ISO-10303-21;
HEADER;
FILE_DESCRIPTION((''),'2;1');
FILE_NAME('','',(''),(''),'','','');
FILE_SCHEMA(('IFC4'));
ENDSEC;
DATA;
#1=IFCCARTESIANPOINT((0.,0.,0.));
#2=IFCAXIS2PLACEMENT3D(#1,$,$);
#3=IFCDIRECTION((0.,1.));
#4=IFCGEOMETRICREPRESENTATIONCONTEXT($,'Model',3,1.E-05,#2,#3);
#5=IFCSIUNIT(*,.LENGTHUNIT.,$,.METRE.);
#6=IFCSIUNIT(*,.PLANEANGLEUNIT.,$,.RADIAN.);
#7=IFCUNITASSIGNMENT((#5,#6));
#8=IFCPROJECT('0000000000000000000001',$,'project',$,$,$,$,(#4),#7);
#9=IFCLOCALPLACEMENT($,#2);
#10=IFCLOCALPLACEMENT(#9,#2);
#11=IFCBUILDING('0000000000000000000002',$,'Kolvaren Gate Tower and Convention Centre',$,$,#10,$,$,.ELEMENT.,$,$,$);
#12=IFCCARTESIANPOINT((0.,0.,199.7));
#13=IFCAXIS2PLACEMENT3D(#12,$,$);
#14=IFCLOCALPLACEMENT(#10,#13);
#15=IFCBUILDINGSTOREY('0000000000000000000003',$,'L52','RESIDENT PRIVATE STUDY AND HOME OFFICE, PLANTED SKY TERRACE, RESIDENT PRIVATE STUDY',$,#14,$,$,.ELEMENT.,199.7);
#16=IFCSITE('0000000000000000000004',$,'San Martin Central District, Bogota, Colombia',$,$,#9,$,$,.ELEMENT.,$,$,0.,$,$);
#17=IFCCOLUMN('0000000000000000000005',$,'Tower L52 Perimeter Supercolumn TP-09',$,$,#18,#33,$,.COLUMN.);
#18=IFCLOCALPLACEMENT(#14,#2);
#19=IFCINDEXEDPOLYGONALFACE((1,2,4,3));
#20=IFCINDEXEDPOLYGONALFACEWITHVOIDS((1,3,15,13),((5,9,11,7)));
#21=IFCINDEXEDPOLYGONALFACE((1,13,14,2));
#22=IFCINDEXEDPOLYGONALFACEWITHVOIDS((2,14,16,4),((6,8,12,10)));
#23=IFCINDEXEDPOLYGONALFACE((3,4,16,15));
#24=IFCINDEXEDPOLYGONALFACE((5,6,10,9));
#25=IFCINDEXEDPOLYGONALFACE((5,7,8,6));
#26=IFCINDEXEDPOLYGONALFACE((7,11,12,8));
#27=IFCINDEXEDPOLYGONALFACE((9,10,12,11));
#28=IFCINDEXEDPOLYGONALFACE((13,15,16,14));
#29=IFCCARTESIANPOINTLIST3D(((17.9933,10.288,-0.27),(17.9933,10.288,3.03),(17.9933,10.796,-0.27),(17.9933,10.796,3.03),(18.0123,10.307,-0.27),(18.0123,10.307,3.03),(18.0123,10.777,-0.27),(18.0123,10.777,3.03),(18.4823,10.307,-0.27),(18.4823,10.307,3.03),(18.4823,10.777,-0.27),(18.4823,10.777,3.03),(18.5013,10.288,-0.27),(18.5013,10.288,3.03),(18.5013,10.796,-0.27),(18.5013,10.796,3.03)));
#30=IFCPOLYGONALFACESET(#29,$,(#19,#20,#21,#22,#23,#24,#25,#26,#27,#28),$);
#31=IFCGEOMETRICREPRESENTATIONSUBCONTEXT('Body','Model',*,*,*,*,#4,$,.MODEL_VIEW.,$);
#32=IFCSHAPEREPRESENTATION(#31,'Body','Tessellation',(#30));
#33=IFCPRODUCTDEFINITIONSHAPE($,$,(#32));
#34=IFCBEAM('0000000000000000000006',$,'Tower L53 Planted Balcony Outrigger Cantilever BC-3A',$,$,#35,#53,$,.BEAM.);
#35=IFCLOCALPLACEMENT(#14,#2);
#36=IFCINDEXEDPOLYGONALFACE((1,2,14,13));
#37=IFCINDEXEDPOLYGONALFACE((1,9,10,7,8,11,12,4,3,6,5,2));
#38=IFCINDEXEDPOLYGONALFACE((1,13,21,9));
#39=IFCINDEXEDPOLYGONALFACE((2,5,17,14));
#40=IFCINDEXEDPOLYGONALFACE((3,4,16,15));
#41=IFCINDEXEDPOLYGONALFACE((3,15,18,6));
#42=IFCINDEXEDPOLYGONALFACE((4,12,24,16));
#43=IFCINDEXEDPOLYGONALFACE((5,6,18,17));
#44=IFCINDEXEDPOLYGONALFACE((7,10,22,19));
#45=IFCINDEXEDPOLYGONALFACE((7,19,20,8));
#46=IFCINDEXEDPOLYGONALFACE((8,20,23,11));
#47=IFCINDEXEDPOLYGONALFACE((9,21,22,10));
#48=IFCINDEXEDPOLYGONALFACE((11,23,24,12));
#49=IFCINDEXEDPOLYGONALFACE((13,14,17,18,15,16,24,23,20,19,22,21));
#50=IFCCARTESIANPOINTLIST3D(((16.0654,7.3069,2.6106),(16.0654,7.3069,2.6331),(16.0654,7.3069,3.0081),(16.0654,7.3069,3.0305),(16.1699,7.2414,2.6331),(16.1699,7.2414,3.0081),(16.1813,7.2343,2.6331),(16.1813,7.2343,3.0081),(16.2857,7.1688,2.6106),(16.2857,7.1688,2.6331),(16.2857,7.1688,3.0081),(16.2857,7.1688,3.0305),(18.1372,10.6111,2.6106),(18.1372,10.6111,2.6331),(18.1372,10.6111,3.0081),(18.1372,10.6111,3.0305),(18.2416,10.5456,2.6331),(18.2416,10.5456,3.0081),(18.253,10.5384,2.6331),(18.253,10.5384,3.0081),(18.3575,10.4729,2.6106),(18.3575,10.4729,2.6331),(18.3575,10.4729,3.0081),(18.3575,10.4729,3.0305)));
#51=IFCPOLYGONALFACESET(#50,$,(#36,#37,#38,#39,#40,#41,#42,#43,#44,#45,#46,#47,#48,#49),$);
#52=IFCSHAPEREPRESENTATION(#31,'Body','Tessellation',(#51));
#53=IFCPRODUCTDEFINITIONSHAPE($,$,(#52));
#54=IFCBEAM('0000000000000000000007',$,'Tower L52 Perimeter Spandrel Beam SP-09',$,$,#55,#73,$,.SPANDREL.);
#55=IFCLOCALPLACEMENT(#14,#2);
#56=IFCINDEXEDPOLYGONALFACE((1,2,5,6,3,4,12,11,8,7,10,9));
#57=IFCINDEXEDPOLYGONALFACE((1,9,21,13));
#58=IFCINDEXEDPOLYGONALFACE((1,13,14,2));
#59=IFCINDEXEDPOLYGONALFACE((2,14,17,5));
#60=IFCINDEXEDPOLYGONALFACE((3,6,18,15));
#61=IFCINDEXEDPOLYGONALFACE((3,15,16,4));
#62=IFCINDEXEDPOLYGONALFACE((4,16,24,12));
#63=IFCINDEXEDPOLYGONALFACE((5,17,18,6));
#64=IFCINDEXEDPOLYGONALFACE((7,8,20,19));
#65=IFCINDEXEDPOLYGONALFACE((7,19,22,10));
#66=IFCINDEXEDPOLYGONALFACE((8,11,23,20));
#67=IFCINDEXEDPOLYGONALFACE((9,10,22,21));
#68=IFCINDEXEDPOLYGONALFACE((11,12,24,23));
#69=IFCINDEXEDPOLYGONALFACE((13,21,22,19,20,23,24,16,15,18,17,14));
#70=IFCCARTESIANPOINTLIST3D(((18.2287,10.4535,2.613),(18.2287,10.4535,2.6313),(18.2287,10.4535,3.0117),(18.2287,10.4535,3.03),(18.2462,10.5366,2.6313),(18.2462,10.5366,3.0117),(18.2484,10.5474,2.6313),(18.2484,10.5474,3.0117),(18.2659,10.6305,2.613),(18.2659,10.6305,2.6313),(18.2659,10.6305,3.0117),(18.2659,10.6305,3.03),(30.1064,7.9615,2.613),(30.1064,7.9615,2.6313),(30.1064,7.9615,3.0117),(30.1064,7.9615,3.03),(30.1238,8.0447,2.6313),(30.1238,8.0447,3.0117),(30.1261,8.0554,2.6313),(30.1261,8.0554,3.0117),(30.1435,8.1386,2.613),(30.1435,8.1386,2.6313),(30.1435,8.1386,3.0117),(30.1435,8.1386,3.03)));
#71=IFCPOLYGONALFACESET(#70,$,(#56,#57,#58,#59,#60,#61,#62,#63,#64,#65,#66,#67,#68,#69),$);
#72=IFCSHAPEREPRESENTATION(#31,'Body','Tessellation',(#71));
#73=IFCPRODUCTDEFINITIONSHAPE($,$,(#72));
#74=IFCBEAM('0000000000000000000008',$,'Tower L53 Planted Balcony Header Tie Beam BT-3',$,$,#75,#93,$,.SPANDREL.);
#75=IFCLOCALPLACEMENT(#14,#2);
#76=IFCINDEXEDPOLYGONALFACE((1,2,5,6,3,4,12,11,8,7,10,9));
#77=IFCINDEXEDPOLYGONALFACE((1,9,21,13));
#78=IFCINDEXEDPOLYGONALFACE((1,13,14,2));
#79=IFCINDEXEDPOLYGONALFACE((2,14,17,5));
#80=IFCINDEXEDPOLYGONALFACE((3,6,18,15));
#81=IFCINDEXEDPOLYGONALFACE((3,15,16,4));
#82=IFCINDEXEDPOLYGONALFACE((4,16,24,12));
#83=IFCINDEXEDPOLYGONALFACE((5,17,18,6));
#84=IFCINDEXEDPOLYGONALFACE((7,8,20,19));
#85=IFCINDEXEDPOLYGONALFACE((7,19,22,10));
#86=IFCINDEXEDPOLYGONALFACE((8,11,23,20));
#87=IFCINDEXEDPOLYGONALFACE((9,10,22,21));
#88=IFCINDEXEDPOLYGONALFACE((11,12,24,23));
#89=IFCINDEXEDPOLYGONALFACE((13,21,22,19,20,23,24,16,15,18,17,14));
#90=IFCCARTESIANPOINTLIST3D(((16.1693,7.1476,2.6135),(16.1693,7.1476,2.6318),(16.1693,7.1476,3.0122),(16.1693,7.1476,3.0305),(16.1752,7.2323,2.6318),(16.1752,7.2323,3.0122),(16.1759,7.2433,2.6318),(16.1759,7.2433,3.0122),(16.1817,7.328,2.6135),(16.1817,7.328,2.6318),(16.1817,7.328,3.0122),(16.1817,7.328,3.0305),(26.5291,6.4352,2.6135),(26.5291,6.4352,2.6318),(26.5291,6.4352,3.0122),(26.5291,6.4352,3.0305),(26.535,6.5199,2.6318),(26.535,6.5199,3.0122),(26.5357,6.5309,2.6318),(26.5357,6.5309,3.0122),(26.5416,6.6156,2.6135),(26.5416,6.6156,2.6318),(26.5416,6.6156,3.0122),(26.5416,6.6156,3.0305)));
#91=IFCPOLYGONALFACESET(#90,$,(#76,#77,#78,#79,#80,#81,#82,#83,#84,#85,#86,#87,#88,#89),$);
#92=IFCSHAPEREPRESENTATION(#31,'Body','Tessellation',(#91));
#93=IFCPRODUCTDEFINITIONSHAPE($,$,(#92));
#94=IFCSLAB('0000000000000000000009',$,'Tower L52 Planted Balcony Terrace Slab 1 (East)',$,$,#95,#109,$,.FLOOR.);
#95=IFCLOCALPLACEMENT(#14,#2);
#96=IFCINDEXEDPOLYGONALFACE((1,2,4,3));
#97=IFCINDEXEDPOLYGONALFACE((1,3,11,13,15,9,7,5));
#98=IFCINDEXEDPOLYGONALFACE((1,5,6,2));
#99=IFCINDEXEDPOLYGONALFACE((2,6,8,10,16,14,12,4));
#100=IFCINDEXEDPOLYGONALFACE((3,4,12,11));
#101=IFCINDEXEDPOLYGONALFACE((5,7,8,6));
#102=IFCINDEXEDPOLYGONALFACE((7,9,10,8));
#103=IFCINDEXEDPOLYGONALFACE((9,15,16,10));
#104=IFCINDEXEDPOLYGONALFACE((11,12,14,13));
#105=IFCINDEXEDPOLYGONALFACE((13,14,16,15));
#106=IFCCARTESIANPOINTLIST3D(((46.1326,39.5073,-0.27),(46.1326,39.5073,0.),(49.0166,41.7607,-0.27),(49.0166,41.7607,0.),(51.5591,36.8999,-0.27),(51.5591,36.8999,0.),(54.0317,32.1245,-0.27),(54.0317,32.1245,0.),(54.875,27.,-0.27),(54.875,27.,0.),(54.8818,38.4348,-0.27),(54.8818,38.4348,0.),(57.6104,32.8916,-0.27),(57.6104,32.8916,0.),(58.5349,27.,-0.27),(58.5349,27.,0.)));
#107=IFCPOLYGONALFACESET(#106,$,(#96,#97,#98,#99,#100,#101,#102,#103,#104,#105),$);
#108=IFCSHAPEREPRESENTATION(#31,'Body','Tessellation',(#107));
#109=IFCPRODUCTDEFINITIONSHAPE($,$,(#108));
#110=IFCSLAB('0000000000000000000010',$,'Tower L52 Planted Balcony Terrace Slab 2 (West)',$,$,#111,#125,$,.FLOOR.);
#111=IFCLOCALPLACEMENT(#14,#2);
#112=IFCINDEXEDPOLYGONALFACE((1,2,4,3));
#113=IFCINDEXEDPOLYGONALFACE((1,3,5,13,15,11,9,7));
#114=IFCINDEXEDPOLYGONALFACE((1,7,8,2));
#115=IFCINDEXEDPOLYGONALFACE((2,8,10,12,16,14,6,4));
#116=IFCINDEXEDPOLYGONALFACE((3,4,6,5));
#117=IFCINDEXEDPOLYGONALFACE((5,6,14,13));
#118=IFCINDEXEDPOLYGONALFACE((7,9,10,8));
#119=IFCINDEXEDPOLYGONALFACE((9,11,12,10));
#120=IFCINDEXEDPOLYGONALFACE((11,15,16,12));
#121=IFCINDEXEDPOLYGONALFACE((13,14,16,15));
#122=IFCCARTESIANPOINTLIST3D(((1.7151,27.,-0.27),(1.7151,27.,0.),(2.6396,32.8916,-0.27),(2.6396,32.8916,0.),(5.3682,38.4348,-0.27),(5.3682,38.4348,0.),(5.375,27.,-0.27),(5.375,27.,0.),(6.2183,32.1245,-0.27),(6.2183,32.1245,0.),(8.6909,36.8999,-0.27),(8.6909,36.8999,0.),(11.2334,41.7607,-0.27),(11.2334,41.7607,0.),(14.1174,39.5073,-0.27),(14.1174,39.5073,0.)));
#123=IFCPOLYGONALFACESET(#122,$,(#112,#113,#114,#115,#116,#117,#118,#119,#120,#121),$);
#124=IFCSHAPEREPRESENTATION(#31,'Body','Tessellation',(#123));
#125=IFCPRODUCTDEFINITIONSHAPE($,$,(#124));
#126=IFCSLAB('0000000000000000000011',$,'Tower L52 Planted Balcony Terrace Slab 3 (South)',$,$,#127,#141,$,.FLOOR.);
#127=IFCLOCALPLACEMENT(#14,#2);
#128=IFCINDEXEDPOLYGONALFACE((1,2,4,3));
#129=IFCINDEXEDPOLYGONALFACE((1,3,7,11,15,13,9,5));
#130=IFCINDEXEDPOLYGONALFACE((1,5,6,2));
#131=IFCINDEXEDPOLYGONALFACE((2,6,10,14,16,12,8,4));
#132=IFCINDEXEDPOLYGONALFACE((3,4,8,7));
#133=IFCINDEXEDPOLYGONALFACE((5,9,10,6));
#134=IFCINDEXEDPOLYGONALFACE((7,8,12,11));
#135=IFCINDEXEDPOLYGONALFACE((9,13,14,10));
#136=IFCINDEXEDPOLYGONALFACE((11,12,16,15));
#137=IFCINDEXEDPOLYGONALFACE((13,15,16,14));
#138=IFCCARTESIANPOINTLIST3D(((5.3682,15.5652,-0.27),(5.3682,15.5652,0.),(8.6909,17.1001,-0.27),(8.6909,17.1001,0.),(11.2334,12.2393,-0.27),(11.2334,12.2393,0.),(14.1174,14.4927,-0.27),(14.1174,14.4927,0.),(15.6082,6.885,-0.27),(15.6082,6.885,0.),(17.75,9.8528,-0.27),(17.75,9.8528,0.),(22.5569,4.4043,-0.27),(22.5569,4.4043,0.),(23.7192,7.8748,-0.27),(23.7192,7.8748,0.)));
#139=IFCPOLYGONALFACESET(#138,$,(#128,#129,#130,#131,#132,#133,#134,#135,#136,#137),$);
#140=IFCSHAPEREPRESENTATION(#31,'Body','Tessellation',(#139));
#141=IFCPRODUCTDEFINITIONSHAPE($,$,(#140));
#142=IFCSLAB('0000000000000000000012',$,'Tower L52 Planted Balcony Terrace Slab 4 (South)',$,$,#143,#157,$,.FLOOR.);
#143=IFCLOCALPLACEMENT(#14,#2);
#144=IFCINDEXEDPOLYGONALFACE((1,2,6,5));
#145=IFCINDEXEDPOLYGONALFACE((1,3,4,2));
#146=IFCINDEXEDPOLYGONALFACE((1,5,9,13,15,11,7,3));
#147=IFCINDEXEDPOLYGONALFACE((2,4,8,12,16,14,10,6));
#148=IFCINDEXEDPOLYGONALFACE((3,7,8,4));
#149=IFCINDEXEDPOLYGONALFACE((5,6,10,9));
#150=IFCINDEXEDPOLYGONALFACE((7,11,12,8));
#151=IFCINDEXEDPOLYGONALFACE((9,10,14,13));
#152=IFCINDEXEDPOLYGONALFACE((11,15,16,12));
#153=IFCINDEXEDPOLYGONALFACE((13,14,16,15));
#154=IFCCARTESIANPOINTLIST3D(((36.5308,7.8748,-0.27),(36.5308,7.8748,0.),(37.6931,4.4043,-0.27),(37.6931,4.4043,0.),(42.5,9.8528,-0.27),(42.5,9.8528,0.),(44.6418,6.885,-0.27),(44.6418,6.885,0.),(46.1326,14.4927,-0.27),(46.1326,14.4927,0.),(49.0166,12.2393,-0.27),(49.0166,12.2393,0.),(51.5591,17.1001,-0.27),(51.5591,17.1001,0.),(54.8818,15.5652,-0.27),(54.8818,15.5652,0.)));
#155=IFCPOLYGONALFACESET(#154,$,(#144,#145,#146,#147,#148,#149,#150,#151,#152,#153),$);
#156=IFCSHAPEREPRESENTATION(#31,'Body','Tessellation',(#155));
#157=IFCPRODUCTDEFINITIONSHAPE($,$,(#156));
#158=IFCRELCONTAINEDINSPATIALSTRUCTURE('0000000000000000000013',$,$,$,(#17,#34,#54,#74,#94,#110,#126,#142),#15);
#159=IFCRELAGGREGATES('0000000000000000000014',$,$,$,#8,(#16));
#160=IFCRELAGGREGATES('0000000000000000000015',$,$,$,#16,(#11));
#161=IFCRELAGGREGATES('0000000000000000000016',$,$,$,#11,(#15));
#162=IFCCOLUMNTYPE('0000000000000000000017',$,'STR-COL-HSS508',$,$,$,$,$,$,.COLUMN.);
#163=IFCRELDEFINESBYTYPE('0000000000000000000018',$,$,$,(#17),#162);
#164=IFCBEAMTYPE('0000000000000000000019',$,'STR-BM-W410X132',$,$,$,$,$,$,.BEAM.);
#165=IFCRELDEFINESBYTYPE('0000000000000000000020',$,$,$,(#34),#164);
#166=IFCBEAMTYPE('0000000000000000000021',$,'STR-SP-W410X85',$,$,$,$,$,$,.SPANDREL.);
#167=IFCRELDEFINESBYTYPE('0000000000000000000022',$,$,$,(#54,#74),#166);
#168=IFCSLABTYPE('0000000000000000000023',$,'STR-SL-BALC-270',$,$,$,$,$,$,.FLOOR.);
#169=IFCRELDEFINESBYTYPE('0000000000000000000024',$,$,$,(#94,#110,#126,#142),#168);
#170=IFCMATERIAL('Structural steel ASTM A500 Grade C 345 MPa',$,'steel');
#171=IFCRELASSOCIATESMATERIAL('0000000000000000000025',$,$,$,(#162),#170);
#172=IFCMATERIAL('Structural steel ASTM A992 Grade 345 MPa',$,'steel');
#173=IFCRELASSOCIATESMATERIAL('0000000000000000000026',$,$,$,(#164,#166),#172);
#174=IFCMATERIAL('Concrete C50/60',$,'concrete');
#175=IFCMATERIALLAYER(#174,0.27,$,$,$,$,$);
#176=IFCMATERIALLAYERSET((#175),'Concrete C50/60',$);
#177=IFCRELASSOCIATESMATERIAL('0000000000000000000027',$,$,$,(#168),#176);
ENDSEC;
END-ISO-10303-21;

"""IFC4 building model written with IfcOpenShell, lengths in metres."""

from ifc_helpers import new_model, si_unit, direction, frame, origin, origin_2d, place, context, subcontext, project, spatial, polyline, hollow_rectangle, i_section, outline, extrude, material, layer, layer_set, material_profile, profile_set, type_object, element, save


model = new_model("IFC4")

# Units and contexts
model_context = context("Model", 3, precision=1e-05, world=origin(), true_north=direction((0.0, 1.0)))
body_context = subcontext(model_context, "Body", "Model", "MODEL_VIEW")
ifc_project = project(units=[si_unit("LENGTHUNIT", "METRE"), si_unit("PLANEANGLEUNIT", "RADIAN")], contexts=[model_context])

# Site, building, storey
site_placement = place(None, origin())
site = spatial("IfcSite", under=ifc_project, at=site_placement, Name="San Martin Central District, Bogota, Colombia", CompositionType="ELEMENT", RefElevation=0.0)
building_placement = place(site_placement, origin())
building = spatial("IfcBuilding", under=site, at=building_placement, Name="Kolvaren Gate Tower and Convention Centre", CompositionType="ELEMENT")
storey_placement = place(building_placement, frame((0.0, 0.0, 199.7)))
storey = spatial("IfcBuildingStorey", under=building, at=storey_placement, Name="L52", Description="RESIDENT PRIVATE STUDY AND HOME OFFICE, PLANTED SKY TERRACE, RESIDENT PRIVATE STUDY", CompositionType="ELEMENT", Elevation=199.7)

# Column
ifc_material_1 = material(Name="Structural steel ASTM A500 Grade C 345 MPa", Category="steel")
ifc_material_profile_1 = material_profile(ifc_material_1, hollow_rectangle(XDim=0.5081, YDim=0.5081, WallThickness=0.019, at=origin_2d()), Name="HSS508X508X19.1")
ifc_profile_set_1 = profile_set([ifc_material_profile_1], Name="Structural steel ASTM A500 Grade C 345 MPa")
column_type = type_object("IfcColumnType", Name="STR-COL-HSS508", PredefinedType="COLUMN", material=ifc_profile_set_1)
column_placement = place(storey_placement, frame((18.2473, 10.542, -0.27), z_axis=(0.0, 0.0, 1.0), x_axis=(1.0, 0.0, 0.0)))
element("IfcColumn", 1, at=column_placement, inside=storey, type_object=column_type, Name="Tower L52 Perimeter Supercolumn TP-09", PredefinedType="COLUMN", context=body_context, shape_type="SweptSolid", body=[
    extrude(hollow_rectangle(XDim=0.5081, YDim=0.5081, WallThickness=0.019, at=origin_2d()), origin(), (0.0, 0.0, 1.0), 3.3),
])

# Beams
ifc_material_2 = material(Name="Structural steel ASTM A992 Grade 345 MPa", Category="steel")
ifc_material_profile_2 = material_profile(ifc_material_2, i_section(OverallWidth=0.26, OverallDepth=0.4199, WebThickness=0.0134, FlangeThickness=0.0225, at=origin_2d()), Name="W410X132")
ifc_profile_set_2 = profile_set([ifc_material_profile_2], Name="Structural steel ASTM A992 Grade 345 MPa")
beam_type_1 = type_object("IfcBeamType", Name="STR-BM-W410X132", PredefinedType="BEAM", material=ifc_profile_set_2)
beam_1_placement = place(storey_placement, frame((18.2473, 10.542, 2.8206), z_axis=(-0.531225, -0.847231, 0.0), x_axis=(0.847231, -0.531225, 0.0)))
element("IfcBeam", 2, at=beam_1_placement, inside=storey, type_object=beam_type_1, Name="Tower L53 Planted Balcony Outrigger Cantilever BC-3A", PredefinedType="BEAM", context=body_context, shape_type="SweptSolid", body=[
    extrude(i_section(OverallWidth=0.26, OverallDepth=0.4199, WebThickness=0.0134, FlangeThickness=0.0225, at=origin_2d()), origin(), (0.0, 0.0, 1.0), 3.8999),
])
ifc_material_profile_3 = material_profile(ifc_material_2, i_section(OverallWidth=0.1809, OverallDepth=0.417, WebThickness=0.011, FlangeThickness=0.0183, at=origin_2d()), Name="W410X85")
ifc_profile_set_3 = profile_set([ifc_material_profile_3], Name="Structural steel ASTM A992 Grade 345 MPa")
beam_type_2 = type_object("IfcBeamType", Name="STR-SP-W410X85", PredefinedType="SPANDREL", material=ifc_profile_set_3)
beam_2_placement = place(storey_placement, frame((18.2473, 10.542, 2.8215), z_axis=(0.978693, -0.20533, 0.0), x_axis=(0.20533, 0.978693, 0.0)))
element("IfcBeam", 3, at=beam_2_placement, inside=storey, type_object=beam_type_2, Name="Tower L52 Perimeter Spandrel Beam SP-09", PredefinedType="SPANDREL", context=body_context, shape_type="SweptSolid", body=[
    extrude(i_section(OverallWidth=0.1809, OverallDepth=0.417, WebThickness=0.011, FlangeThickness=0.0183, at=origin_2d()), origin(), (0.0, 0.0, 1.0), 12.1362),
])
beam_3_placement = place(storey_placement, frame((16.1755, 7.2378, 2.822), z_axis=(0.997644, -0.068604, 0.0), x_axis=(0.068604, 0.997644, 0.0)))
element("IfcBeam", 4, at=beam_3_placement, inside=storey, type_object=beam_type_2, Name="Tower L53 Planted Balcony Header Tie Beam BT-3", PredefinedType="SPANDREL", context=body_context, shape_type="SweptSolid", body=[
    extrude(i_section(OverallWidth=0.1809, OverallDepth=0.417, WebThickness=0.011, FlangeThickness=0.0183, at=origin_2d()), origin(), (0.0, 0.0, 1.0), 10.3843),
])

# Slabs
ifc_material_3 = material(Name="Concrete C50/60", Category="concrete")
ifc_layer_1 = layer(ifc_material_3, 0.27)
ifc_layer_set_1 = layer_set([ifc_layer_1], Name="Concrete C50/60")
slab_type_1 = type_object("IfcSlabType", Name="STR-SL-BALC-270", PredefinedType="FLOOR", material=ifc_layer_set_1)
slab_1_placement = place(storey_placement, frame((0.0, 0.0, -0.27)))
element("IfcSlab", 5, at=slab_1_placement, inside=storey, type_object=slab_type_1, Name="Tower L52 Planted Balcony Terrace Slab 1 (East)", PredefinedType="FLOOR", context=body_context, shape_type="SweptSolid", body=[
    extrude(outline(polyline([(54.875, 27.0), (54.0317, 32.1245), (51.5591, 36.8999), (46.1326, 39.5073), (49.0166, 41.7607), (54.8818, 38.4348), (57.6104, 32.8916), (58.5349, 27.0), (54.875, 27.0)])), origin(), (0.0, 0.0, 1.0), 0.27),
])
slab_2_placement = place(storey_placement, frame((0.0, 0.0, -0.27)))
element("IfcSlab", 6, at=slab_2_placement, inside=storey, type_object=slab_type_1, Name="Tower L52 Planted Balcony Terrace Slab 2 (West)", PredefinedType="FLOOR", context=body_context, shape_type="SweptSolid", body=[
    extrude(outline(polyline([(14.1174, 39.5073), (8.6909, 36.8999), (6.2183, 32.1245), (5.375, 27.0), (1.7151, 27.0), (2.6396, 32.8916), (5.3682, 38.4348), (11.2334, 41.7607), (14.1174, 39.5073)])), origin(), (0.0, 0.0, 1.0), 0.27),
])
slab_3_placement = place(storey_placement, frame((0.0, 0.0, -0.27)))
element("IfcSlab", 7, at=slab_3_placement, inside=storey, type_object=slab_type_1, Name="Tower L52 Planted Balcony Terrace Slab 3 (South)", PredefinedType="FLOOR", context=body_context, shape_type="SweptSolid", body=[
    extrude(outline(polyline([(8.6909, 17.1001), (14.1174, 14.4927), (17.75, 9.8528), (23.7192, 7.8748), (22.5569, 4.4043), (15.6082, 6.885), (11.2334, 12.2393), (5.3682, 15.5652), (8.6909, 17.1001)])), origin(), (0.0, 0.0, 1.0), 0.27),
])
slab_4_placement = place(storey_placement, frame((0.0, 0.0, -0.27)))
element("IfcSlab", 8, at=slab_4_placement, inside=storey, type_object=slab_type_1, Name="Tower L52 Planted Balcony Terrace Slab 4 (South)", PredefinedType="FLOOR", context=body_context, shape_type="SweptSolid", body=[
    extrude(outline(polyline([(36.5308, 7.8748), (42.5, 9.8528), (46.1326, 14.4927), (51.5591, 17.1001), (54.8818, 15.5652), (49.0166, 12.2393), (44.6418, 6.885), (37.6931, 4.4043), (36.5308, 7.8748)])), origin(), (0.0, 0.0, 1.0), 0.27),
])

save(model, "model.ifc")
